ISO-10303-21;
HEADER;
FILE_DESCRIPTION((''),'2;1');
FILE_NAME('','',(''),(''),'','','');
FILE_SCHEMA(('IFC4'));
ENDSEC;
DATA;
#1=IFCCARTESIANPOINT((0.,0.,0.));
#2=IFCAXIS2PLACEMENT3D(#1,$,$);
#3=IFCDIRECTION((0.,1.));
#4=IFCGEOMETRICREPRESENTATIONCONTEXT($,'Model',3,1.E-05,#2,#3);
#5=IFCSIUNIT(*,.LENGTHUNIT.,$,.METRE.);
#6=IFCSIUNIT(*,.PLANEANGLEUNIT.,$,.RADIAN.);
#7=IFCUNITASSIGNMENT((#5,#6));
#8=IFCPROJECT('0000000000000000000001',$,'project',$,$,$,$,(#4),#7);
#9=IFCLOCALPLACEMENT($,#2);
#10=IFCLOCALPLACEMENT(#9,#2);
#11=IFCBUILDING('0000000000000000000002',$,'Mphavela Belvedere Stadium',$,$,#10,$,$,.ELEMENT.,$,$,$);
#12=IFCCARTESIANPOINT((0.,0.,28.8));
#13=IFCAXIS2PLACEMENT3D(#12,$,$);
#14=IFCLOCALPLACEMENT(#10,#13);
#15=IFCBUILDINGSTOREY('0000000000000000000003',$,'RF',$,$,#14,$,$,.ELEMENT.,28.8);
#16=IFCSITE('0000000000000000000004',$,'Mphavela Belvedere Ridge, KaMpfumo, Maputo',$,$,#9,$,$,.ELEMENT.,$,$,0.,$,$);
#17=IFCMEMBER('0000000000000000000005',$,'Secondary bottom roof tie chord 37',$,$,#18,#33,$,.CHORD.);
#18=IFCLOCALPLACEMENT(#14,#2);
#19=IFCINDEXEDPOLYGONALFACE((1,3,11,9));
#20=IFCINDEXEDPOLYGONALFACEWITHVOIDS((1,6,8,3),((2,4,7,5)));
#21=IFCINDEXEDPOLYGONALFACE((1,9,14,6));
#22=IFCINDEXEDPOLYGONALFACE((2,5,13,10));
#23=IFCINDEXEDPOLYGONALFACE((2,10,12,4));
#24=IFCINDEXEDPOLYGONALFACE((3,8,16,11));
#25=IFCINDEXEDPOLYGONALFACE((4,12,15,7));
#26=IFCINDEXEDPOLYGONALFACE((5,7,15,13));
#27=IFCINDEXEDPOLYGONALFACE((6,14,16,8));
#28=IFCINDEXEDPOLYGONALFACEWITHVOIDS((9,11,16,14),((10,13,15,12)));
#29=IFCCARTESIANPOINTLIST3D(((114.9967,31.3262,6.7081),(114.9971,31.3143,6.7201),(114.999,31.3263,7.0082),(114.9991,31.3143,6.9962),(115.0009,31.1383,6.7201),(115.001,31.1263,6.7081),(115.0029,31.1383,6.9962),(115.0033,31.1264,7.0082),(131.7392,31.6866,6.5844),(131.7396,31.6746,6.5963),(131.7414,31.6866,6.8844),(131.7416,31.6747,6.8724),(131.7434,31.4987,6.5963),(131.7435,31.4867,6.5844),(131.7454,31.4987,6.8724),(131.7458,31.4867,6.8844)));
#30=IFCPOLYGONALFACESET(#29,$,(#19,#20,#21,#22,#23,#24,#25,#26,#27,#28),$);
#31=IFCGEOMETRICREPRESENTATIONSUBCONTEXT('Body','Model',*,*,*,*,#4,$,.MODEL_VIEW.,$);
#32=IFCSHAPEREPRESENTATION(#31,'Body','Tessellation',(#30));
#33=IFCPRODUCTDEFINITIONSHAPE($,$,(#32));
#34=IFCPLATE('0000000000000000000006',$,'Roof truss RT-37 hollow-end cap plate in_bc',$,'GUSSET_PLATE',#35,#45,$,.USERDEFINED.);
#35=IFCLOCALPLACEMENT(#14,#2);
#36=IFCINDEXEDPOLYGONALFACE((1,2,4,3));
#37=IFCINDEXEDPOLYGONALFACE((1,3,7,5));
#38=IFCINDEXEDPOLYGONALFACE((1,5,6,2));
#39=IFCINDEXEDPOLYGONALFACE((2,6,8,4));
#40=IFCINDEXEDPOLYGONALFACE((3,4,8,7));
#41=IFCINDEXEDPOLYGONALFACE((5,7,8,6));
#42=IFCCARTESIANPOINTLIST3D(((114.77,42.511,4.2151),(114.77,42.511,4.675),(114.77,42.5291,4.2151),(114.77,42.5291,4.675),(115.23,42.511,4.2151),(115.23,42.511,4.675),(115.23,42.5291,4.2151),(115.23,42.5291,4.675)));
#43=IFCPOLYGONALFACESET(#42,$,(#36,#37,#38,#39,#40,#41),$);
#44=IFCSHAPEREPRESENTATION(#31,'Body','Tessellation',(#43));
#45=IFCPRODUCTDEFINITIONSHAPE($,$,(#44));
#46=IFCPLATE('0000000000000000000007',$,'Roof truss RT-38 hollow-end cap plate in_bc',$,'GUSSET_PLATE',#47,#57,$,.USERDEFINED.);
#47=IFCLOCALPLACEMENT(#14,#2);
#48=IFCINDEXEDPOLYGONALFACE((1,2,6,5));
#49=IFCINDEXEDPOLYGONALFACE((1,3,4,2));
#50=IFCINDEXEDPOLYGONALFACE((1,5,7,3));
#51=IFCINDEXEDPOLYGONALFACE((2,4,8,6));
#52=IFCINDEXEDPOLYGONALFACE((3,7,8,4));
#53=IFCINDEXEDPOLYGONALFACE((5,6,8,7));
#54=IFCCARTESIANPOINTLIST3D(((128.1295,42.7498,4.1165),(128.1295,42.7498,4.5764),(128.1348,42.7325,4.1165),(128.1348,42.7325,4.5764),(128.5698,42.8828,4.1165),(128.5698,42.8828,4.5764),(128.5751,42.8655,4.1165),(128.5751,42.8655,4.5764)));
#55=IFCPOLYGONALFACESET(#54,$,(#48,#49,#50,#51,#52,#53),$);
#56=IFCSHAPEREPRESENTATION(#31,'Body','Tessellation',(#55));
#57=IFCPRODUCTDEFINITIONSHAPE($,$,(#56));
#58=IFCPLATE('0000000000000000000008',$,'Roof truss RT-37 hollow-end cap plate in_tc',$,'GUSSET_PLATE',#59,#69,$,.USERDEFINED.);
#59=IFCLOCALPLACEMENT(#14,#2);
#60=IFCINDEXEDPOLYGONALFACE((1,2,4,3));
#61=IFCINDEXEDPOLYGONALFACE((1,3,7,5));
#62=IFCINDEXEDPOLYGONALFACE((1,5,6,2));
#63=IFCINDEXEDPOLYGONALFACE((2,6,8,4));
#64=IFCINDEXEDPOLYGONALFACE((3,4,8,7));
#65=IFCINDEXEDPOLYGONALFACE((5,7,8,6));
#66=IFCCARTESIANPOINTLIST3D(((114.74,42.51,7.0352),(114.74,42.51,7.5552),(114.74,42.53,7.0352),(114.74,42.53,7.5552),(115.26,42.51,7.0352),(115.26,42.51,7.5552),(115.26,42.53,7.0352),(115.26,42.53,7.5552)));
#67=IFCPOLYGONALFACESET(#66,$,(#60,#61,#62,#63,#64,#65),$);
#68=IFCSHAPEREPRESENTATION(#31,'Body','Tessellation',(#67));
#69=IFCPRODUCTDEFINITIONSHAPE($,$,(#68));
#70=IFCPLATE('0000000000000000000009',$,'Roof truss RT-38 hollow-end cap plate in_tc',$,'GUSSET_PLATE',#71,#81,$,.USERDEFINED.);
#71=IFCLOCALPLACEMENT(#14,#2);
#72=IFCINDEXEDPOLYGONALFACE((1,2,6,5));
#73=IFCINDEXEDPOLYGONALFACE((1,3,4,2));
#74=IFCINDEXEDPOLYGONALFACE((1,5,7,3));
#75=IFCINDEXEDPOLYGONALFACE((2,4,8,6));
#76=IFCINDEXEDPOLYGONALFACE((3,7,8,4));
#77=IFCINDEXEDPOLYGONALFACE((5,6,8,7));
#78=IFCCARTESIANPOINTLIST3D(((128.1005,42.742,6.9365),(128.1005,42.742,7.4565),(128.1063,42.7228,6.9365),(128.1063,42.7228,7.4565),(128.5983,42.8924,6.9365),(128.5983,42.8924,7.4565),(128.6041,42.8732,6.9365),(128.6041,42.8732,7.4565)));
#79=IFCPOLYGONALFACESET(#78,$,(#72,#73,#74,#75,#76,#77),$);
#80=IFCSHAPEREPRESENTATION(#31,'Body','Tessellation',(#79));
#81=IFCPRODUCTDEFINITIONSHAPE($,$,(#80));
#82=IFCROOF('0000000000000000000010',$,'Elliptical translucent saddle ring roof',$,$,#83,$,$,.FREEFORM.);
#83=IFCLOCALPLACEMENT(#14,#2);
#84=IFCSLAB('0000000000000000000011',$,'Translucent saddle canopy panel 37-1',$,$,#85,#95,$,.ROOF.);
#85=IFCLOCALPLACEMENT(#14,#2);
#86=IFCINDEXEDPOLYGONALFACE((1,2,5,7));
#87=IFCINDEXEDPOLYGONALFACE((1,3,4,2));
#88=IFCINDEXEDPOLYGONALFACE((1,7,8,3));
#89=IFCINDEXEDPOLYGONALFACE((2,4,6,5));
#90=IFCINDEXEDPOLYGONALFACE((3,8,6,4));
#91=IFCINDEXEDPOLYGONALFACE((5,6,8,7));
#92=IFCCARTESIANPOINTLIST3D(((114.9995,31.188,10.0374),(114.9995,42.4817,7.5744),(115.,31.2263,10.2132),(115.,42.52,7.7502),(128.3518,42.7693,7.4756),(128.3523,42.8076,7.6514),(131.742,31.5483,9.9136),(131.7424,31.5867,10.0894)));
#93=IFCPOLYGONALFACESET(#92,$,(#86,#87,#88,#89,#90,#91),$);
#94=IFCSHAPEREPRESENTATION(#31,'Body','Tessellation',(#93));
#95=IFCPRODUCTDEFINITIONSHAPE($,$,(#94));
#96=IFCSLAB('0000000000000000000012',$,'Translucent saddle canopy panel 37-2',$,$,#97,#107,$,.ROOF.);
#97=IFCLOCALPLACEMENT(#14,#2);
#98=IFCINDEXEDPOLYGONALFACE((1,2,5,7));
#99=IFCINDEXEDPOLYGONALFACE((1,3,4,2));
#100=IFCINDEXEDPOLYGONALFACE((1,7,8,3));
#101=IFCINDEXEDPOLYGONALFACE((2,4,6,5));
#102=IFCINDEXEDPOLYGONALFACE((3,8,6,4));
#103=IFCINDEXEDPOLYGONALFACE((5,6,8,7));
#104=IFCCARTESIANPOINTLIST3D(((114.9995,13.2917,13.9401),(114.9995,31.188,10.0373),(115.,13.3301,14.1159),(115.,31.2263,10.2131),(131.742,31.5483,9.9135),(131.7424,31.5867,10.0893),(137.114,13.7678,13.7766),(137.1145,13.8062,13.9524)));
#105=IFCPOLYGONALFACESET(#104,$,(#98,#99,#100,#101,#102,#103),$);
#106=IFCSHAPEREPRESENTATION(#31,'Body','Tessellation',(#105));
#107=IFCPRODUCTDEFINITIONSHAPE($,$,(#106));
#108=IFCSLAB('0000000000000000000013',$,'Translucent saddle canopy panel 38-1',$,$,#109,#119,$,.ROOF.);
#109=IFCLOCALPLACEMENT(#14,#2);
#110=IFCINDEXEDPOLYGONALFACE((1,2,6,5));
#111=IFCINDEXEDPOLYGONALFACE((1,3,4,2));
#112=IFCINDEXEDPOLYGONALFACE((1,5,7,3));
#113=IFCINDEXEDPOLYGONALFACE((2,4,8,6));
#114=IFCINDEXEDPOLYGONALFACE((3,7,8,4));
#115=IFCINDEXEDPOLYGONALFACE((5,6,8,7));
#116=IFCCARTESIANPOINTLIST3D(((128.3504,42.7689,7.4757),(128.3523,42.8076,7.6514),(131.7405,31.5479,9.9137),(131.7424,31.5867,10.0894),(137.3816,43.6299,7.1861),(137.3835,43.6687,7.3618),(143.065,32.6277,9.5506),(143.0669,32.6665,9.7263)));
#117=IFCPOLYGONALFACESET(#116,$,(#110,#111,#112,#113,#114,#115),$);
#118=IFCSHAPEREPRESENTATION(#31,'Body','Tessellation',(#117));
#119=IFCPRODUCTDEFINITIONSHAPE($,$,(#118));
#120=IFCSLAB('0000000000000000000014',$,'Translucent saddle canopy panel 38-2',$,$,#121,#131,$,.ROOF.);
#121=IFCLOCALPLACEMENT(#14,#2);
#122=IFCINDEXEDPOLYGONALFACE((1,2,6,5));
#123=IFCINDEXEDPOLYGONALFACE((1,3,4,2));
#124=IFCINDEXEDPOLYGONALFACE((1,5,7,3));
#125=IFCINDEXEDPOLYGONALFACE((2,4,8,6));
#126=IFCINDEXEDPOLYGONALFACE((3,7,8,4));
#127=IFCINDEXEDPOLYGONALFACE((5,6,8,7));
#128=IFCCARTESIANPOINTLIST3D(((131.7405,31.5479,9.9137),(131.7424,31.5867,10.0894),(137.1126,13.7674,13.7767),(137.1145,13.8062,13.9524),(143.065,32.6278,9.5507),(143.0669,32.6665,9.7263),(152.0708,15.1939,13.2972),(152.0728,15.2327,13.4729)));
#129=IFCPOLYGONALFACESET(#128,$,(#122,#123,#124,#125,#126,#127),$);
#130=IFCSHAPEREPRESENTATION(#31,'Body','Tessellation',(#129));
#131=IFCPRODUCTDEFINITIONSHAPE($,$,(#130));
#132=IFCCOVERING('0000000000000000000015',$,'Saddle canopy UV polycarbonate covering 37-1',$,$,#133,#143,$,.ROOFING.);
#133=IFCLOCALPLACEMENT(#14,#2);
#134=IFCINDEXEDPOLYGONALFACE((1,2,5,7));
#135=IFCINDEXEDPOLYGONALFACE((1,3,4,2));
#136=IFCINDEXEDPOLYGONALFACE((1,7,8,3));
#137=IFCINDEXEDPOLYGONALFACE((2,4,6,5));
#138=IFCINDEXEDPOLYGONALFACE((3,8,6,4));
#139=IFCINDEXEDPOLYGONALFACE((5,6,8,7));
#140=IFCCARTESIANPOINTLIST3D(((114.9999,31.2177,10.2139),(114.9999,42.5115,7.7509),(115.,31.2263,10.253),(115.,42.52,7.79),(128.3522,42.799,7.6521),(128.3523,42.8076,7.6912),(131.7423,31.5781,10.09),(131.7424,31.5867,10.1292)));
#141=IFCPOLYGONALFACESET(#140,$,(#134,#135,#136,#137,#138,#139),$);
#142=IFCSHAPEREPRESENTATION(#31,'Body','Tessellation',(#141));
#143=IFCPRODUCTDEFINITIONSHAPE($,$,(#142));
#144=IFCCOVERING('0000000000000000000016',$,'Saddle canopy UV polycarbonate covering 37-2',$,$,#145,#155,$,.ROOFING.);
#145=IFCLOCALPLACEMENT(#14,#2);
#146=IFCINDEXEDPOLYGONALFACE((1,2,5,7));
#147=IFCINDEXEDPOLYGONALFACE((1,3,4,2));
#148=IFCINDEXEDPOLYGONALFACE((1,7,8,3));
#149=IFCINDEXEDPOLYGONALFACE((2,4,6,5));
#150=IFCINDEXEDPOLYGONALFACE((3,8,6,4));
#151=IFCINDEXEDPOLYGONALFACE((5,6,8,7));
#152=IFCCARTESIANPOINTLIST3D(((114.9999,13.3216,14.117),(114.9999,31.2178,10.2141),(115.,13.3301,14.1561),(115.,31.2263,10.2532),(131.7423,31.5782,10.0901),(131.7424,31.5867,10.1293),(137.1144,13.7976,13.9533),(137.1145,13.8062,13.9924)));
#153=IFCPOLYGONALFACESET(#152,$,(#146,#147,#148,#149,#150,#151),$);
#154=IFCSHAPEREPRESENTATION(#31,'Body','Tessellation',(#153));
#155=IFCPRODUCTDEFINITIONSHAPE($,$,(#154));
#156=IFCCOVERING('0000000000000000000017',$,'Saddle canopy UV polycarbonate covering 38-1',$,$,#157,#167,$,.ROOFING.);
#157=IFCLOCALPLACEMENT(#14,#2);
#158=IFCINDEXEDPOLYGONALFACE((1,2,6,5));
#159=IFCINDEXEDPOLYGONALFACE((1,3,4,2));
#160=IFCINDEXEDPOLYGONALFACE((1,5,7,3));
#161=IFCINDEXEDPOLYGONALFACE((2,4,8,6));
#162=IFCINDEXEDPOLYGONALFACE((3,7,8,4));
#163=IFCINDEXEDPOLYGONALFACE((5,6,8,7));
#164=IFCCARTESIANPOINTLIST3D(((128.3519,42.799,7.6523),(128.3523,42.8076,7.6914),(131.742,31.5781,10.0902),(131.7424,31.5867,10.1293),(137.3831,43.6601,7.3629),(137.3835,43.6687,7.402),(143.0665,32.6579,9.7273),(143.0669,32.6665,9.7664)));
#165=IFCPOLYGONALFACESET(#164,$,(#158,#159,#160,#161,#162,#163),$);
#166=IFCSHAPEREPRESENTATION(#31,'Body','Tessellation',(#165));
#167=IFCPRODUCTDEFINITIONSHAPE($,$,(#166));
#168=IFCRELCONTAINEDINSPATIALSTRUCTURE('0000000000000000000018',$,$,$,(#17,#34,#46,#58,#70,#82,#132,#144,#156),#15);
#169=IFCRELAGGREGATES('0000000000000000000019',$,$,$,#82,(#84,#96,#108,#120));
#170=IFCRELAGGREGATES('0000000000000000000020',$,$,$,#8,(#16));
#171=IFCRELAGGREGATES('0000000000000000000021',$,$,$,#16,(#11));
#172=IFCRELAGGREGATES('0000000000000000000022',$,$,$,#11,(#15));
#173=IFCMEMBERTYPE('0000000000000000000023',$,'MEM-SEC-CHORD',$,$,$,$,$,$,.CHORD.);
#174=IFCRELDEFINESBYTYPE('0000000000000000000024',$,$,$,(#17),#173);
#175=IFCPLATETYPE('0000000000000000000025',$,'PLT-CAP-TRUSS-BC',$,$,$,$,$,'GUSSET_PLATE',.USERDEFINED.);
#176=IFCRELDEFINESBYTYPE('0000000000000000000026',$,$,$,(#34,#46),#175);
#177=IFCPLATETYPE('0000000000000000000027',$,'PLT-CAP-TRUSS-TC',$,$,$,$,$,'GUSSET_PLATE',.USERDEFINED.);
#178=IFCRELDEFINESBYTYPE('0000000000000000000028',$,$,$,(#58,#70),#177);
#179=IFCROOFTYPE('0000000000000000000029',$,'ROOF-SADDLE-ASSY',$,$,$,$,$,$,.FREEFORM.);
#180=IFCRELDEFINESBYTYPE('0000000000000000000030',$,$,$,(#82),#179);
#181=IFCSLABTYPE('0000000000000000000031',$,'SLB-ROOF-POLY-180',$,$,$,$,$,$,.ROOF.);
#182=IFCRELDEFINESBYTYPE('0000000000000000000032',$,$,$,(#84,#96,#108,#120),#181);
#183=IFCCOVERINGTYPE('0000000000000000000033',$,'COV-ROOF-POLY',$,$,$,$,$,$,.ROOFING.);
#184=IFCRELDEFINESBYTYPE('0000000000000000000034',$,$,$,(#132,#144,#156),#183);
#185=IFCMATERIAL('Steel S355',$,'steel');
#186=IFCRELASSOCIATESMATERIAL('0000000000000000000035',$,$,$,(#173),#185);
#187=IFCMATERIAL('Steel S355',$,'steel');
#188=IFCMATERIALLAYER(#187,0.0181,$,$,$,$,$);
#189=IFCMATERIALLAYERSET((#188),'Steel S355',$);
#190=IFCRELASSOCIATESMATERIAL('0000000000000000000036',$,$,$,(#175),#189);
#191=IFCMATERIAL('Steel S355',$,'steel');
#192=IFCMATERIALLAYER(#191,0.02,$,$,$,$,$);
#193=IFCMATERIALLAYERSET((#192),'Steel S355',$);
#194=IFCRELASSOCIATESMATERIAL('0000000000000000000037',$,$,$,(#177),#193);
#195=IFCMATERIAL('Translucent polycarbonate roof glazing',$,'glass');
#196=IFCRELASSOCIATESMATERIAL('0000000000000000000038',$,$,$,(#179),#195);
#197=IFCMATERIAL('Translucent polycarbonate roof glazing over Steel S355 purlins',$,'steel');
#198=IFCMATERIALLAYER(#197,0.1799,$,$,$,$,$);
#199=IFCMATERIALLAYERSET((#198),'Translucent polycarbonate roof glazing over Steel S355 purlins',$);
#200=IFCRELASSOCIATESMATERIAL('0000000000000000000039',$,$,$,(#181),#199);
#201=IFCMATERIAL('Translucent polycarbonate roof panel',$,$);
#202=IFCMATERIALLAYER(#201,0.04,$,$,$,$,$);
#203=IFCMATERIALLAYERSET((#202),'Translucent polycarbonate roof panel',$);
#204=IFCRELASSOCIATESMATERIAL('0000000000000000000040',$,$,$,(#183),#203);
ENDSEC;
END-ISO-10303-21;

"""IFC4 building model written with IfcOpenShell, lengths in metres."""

from ifc_helpers import new_model, si_unit, direction, frame, origin, origin_2d, place, context, subcontext, project, spatial, polyline, rectangle, hollow_rectangle, outline, extrude, material, layer, layer_set, material_profile, profile_set, type_object, element, aggregate, save


model = new_model("IFC4")

# Units and contexts
model_context = context("Model", 3, precision=1e-05, world=origin(), true_north=direction((0.0, 1.0)))
body_context = subcontext(model_context, "Body", "Model", "MODEL_VIEW")
ifc_project = project(units=[si_unit("LENGTHUNIT", "METRE"), si_unit("PLANEANGLEUNIT", "RADIAN")], contexts=[model_context])

# Site, building, storey
site_placement = place(None, origin())
site = spatial("IfcSite", under=ifc_project, at=site_placement, Name="Mphavela Belvedere Ridge, KaMpfumo, Maputo", CompositionType="ELEMENT", RefElevation=0.0)
building_placement = place(site_placement, origin())
building = spatial("IfcBuilding", under=site, at=building_placement, Name="Mphavela Belvedere Stadium", CompositionType="ELEMENT")
storey_placement = place(building_placement, frame((0.0, 0.0, 28.8)))
storey = spatial("IfcBuildingStorey", under=building, at=storey_placement, Name="RF", CompositionType="ELEMENT", Elevation=28.8)

# Member
ifc_material_1 = material(Name="Steel S355", Category="steel")
ifc_material_profile_1 = material_profile(ifc_material_1, hollow_rectangle(XDim=0.2, YDim=0.3, WallThickness=0.012, at=origin_2d()), Name="RHS 300x200x12")
ifc_profile_set_1 = profile_set([ifc_material_profile_1], Name="Steel S355")
member_type_1 = type_object("IfcMemberType", Name="MEM-SEC-CHORD", PredefinedType="CHORD", material=ifc_profile_set_1)
member_1_placement = place(storey_placement, frame((115.0, 31.2263, 6.8582), z_axis=(0.999741, 0.021518, -0.007391), x_axis=(-0.021518, 0.999768, 0.0)))
element("IfcMember", 1, at=member_1_placement, inside=storey, type_object=member_type_1, Name="Secondary bottom roof tie chord 37", PredefinedType="CHORD", context=body_context, shape_type="SweptSolid", body=[
    extrude(hollow_rectangle(XDim=0.2, YDim=0.3, WallThickness=0.012, at=origin_2d()), origin(), (0.0, 0.0, 1.0), 16.7468),
])

# Plates
ifc_material_2 = material(Name="Steel S355", Category="steel")
ifc_layer_1 = layer(ifc_material_2, 0.0181)
ifc_layer_set_1 = layer_set([ifc_layer_1], Name="Steel S355")
plate_type_1 = type_object("IfcPlateType", Name="PLT-CAP-TRUSS-BC", ElementType="GUSSET_PLATE", PredefinedType="USERDEFINED", material=ifc_layer_set_1)
for number, where, z_axis, x_axis, name in (
    (2, (115.0, 42.52, 4.2151), (0.0, 0.0, 1.0), (0.0, -1.0, 0.0), "Roof truss RT-37 hollow-end cap plate in_bc"),
    (3, (128.3523, 42.8076, 4.1165), (0.0, 0.0, 1.0), (0.289199, -0.957269, 0.0), "Roof truss RT-38 hollow-end cap plate in_bc"),
):
    element("IfcPlate", number, at=place(storey_placement, frame(where, z_axis=z_axis, x_axis=x_axis)), inside=storey, type_object=plate_type_1, Name=name, ObjectType="GUSSET_PLATE", PredefinedType="USERDEFINED", context=body_context, shape_type="SweptSolid", body=[
        extrude(rectangle(XDim=0.0181, YDim=0.46, at=origin_2d()), origin(), (0.0, 0.0, 1.0), 0.46),
    ])
ifc_material_3 = material(Name="Steel S355", Category="steel")
ifc_layer_2 = layer(ifc_material_3, 0.02)
ifc_layer_set_2 = layer_set([ifc_layer_2], Name="Steel S355")
plate_type_2 = type_object("IfcPlateType", Name="PLT-CAP-TRUSS-TC", ElementType="GUSSET_PLATE", PredefinedType="USERDEFINED", material=ifc_layer_set_2)
for number, where, z_axis, x_axis, name in (
    (4, (115.0, 42.52, 7.0352), (0.0, 0.0, 1.0), (0.0, -1.0, 0.0), "Roof truss RT-37 hollow-end cap plate in_tc"),
    (5, (128.3523, 42.8076, 6.9365), (0.0, 0.0, 1.0), (0.289199, -0.957269, 0.0), "Roof truss RT-38 hollow-end cap plate in_tc"),
):
    element("IfcPlate", number, at=place(storey_placement, frame(where, z_axis=z_axis, x_axis=x_axis)), inside=storey, type_object=plate_type_2, Name=name, ObjectType="GUSSET_PLATE", PredefinedType="USERDEFINED", context=body_context, shape_type="SweptSolid", body=[
        extrude(rectangle(XDim=0.02, YDim=0.52, at=origin_2d()), origin(), (0.0, 0.0, 1.0), 0.52),
    ])

# Roof, slabs
ifc_material_4 = material(Name="Translucent polycarbonate roof glazing", Category="glass")
roof_type = type_object("IfcRoofType", Name="ROOF-SADDLE-ASSY", PredefinedType="FREEFORM", material=ifc_material_4)
roof_placement = place(storey_placement, origin())
roof = element("IfcRoof", 6, at=roof_placement, inside=storey, type_object=roof_type, Name="Elliptical translucent saddle ring roof", PredefinedType="FREEFORM")
ifc_material_5 = material(Name="Translucent polycarbonate roof glazing over Steel S355 purlins", Category="steel")
ifc_layer_3 = layer(ifc_material_5, 0.1799)
ifc_layer_set_3 = layer_set([ifc_layer_3], Name="Translucent polycarbonate roof glazing over Steel S355 purlins")
slab_type = type_object("IfcSlabType", Name="SLB-ROOF-POLY-180", PredefinedType="ROOF", material=ifc_layer_set_3)
slab_1_placement = place(storey_placement, frame((115.0, 42.52, 7.7502), z_axis=(0.002641, 0.213073, 0.977033), x_axis=(0.999741, 0.021535, -0.007399)))
slab_1 = element("IfcSlab", 7, at=slab_1_placement, type_object=slab_type, Name="Translucent saddle canopy panel 37-1", PredefinedType="ROOF", context=body_context, shape_type="SweptSolid", body=[
    extrude(outline(polyline([(0.0, 0.0), (13.3558, 0.0), (16.4853, -11.5565), (-0.2614, -11.5562), (0.0, 0.0)])), origin(), (0.0, 0.0, -1.0), 0.1799),
])
slab_2_placement = place(storey_placement, frame((115.0, 31.2263, 10.2131), z_axis=(0.002639, 0.213071, 0.977033), x_axis=(0.999741, 0.021517, -0.007393)))
slab_2 = element("IfcSlab", 8, at=slab_2_placement, type_object=slab_type, Name="Translucent saddle canopy panel 37-2", PredefinedType="ROOF", context=body_context, shape_type="SweptSolid", body=[
    extrude(outline(polyline([(0.0, 0.0), (16.7468, 0.0), (21.7063, -18.3121), (-0.4139, -18.3122), (0.0, 0.0)])), origin(), (0.0, 0.0, -1.0), 0.1799),
])
slab_3_placement = place(storey_placement, frame((128.3523, 42.8076, 7.6514), z_axis=(0.010765, 0.215412, 0.976464), x_axis=(0.994979, 0.094867, -0.031897)))
slab_3 = element("IfcSlab", 9, at=slab_3_placement, type_object=slab_type, Name="Translucent saddle canopy panel 38-1", PredefinedType="ROOF", context=body_context, shape_type="SweptSolid", body=[
    extrude(outline(polyline([(0.0, 0.0), (9.0768, 0.0), (13.6125, -11.763), (2.2309, -11.7631), (0.0, 0.0)])), origin(), (0.0, 0.0, -1.0), 0.1799),
])
slab_4_placement = place(storey_placement, frame((131.7424, 31.5867, 10.0894), z_axis=(0.010761, 0.215402, 0.976466), x_axis=(0.994978, 0.094876, -0.031894)))
slab_4 = element("IfcSlab", 10, at=slab_4_placement, type_object=slab_type, Name="Translucent saddle canopy panel 38-2", PredefinedType="ROOF", context=body_context, shape_type="SweptSolid", body=[
    extrude(outline(polyline([(0.0, 0.0), (11.3816, 0.0), (18.5687, -18.6394), (3.5349, -18.6396), (0.0, 0.0)])), origin(), (0.0, 0.0, -1.0), 0.1799),
])
aggregate(roof, [slab_1, slab_2, slab_3, slab_4])

# Coverings
ifc_material_6 = material(Name="Translucent polycarbonate roof panel")
ifc_layer_4 = layer(ifc_material_6, 0.04)
ifc_layer_set_4 = layer_set([ifc_layer_4], Name="Translucent polycarbonate roof panel")
covering_type = type_object("IfcCoveringType", Name="COV-ROOF-POLY", PredefinedType="ROOFING", material=ifc_layer_set_4)
covering_1_placement = place(storey_placement, frame((115.0, 42.52, 7.79), z_axis=(0.002641, 0.213073, 0.977033), x_axis=(0.999741, 0.021531, -0.007398)))
element("IfcCovering", 11, at=covering_1_placement, inside=storey, type_object=covering_type, Name="Saddle canopy UV polycarbonate covering 37-1", PredefinedType="ROOFING", context=body_context, shape_type="SweptSolid", body=[
    extrude(outline(polyline([(0.0, 0.0), (13.3558, 0.0), (16.4854, -11.5564), (-0.2614, -11.5562), (0.0, 0.0)])), origin(), (0.0, 0.0, -1.0), 0.04),
])
covering_2_placement = place(storey_placement, frame((115.0, 31.2263, 10.2532), z_axis=(0.002645, 0.213078, 0.977032), x_axis=(0.999741, 0.021519, -0.007399)))
element("IfcCovering", 12, at=covering_2_placement, inside=storey, type_object=covering_type, Name="Saddle canopy UV polycarbonate covering 37-2", PredefinedType="ROOFING", context=body_context, shape_type="SweptSolid", body=[
    extrude(outline(polyline([(0.0, 0.0), (16.7468, 0.0), (21.7062, -18.3121), (-0.414, -18.3122), (0.0, 0.0)])), origin(), (0.0, 0.0, -1.0), 0.04),
])
covering_3_placement = place(storey_placement, frame((128.3523, 42.8076, 7.6914), z_axis=(0.010755, 0.215398, 0.976467), x_axis=(0.994979, 0.094869, -0.031886)))
element("IfcCovering", 13, at=covering_3_placement, inside=storey, type_object=covering_type, Name="Saddle canopy UV polycarbonate covering 38-1", PredefinedType="ROOFING", context=body_context, shape_type="SweptSolid", body=[
    extrude(outline(polyline([(0.0, 0.0), (9.0768, 0.0), (13.6125, -11.763), (2.2309, -11.763), (0.0, 0.0)])), origin(), (0.0, 0.0, -1.0), 0.04),
])

save(model, "model.ifc")
